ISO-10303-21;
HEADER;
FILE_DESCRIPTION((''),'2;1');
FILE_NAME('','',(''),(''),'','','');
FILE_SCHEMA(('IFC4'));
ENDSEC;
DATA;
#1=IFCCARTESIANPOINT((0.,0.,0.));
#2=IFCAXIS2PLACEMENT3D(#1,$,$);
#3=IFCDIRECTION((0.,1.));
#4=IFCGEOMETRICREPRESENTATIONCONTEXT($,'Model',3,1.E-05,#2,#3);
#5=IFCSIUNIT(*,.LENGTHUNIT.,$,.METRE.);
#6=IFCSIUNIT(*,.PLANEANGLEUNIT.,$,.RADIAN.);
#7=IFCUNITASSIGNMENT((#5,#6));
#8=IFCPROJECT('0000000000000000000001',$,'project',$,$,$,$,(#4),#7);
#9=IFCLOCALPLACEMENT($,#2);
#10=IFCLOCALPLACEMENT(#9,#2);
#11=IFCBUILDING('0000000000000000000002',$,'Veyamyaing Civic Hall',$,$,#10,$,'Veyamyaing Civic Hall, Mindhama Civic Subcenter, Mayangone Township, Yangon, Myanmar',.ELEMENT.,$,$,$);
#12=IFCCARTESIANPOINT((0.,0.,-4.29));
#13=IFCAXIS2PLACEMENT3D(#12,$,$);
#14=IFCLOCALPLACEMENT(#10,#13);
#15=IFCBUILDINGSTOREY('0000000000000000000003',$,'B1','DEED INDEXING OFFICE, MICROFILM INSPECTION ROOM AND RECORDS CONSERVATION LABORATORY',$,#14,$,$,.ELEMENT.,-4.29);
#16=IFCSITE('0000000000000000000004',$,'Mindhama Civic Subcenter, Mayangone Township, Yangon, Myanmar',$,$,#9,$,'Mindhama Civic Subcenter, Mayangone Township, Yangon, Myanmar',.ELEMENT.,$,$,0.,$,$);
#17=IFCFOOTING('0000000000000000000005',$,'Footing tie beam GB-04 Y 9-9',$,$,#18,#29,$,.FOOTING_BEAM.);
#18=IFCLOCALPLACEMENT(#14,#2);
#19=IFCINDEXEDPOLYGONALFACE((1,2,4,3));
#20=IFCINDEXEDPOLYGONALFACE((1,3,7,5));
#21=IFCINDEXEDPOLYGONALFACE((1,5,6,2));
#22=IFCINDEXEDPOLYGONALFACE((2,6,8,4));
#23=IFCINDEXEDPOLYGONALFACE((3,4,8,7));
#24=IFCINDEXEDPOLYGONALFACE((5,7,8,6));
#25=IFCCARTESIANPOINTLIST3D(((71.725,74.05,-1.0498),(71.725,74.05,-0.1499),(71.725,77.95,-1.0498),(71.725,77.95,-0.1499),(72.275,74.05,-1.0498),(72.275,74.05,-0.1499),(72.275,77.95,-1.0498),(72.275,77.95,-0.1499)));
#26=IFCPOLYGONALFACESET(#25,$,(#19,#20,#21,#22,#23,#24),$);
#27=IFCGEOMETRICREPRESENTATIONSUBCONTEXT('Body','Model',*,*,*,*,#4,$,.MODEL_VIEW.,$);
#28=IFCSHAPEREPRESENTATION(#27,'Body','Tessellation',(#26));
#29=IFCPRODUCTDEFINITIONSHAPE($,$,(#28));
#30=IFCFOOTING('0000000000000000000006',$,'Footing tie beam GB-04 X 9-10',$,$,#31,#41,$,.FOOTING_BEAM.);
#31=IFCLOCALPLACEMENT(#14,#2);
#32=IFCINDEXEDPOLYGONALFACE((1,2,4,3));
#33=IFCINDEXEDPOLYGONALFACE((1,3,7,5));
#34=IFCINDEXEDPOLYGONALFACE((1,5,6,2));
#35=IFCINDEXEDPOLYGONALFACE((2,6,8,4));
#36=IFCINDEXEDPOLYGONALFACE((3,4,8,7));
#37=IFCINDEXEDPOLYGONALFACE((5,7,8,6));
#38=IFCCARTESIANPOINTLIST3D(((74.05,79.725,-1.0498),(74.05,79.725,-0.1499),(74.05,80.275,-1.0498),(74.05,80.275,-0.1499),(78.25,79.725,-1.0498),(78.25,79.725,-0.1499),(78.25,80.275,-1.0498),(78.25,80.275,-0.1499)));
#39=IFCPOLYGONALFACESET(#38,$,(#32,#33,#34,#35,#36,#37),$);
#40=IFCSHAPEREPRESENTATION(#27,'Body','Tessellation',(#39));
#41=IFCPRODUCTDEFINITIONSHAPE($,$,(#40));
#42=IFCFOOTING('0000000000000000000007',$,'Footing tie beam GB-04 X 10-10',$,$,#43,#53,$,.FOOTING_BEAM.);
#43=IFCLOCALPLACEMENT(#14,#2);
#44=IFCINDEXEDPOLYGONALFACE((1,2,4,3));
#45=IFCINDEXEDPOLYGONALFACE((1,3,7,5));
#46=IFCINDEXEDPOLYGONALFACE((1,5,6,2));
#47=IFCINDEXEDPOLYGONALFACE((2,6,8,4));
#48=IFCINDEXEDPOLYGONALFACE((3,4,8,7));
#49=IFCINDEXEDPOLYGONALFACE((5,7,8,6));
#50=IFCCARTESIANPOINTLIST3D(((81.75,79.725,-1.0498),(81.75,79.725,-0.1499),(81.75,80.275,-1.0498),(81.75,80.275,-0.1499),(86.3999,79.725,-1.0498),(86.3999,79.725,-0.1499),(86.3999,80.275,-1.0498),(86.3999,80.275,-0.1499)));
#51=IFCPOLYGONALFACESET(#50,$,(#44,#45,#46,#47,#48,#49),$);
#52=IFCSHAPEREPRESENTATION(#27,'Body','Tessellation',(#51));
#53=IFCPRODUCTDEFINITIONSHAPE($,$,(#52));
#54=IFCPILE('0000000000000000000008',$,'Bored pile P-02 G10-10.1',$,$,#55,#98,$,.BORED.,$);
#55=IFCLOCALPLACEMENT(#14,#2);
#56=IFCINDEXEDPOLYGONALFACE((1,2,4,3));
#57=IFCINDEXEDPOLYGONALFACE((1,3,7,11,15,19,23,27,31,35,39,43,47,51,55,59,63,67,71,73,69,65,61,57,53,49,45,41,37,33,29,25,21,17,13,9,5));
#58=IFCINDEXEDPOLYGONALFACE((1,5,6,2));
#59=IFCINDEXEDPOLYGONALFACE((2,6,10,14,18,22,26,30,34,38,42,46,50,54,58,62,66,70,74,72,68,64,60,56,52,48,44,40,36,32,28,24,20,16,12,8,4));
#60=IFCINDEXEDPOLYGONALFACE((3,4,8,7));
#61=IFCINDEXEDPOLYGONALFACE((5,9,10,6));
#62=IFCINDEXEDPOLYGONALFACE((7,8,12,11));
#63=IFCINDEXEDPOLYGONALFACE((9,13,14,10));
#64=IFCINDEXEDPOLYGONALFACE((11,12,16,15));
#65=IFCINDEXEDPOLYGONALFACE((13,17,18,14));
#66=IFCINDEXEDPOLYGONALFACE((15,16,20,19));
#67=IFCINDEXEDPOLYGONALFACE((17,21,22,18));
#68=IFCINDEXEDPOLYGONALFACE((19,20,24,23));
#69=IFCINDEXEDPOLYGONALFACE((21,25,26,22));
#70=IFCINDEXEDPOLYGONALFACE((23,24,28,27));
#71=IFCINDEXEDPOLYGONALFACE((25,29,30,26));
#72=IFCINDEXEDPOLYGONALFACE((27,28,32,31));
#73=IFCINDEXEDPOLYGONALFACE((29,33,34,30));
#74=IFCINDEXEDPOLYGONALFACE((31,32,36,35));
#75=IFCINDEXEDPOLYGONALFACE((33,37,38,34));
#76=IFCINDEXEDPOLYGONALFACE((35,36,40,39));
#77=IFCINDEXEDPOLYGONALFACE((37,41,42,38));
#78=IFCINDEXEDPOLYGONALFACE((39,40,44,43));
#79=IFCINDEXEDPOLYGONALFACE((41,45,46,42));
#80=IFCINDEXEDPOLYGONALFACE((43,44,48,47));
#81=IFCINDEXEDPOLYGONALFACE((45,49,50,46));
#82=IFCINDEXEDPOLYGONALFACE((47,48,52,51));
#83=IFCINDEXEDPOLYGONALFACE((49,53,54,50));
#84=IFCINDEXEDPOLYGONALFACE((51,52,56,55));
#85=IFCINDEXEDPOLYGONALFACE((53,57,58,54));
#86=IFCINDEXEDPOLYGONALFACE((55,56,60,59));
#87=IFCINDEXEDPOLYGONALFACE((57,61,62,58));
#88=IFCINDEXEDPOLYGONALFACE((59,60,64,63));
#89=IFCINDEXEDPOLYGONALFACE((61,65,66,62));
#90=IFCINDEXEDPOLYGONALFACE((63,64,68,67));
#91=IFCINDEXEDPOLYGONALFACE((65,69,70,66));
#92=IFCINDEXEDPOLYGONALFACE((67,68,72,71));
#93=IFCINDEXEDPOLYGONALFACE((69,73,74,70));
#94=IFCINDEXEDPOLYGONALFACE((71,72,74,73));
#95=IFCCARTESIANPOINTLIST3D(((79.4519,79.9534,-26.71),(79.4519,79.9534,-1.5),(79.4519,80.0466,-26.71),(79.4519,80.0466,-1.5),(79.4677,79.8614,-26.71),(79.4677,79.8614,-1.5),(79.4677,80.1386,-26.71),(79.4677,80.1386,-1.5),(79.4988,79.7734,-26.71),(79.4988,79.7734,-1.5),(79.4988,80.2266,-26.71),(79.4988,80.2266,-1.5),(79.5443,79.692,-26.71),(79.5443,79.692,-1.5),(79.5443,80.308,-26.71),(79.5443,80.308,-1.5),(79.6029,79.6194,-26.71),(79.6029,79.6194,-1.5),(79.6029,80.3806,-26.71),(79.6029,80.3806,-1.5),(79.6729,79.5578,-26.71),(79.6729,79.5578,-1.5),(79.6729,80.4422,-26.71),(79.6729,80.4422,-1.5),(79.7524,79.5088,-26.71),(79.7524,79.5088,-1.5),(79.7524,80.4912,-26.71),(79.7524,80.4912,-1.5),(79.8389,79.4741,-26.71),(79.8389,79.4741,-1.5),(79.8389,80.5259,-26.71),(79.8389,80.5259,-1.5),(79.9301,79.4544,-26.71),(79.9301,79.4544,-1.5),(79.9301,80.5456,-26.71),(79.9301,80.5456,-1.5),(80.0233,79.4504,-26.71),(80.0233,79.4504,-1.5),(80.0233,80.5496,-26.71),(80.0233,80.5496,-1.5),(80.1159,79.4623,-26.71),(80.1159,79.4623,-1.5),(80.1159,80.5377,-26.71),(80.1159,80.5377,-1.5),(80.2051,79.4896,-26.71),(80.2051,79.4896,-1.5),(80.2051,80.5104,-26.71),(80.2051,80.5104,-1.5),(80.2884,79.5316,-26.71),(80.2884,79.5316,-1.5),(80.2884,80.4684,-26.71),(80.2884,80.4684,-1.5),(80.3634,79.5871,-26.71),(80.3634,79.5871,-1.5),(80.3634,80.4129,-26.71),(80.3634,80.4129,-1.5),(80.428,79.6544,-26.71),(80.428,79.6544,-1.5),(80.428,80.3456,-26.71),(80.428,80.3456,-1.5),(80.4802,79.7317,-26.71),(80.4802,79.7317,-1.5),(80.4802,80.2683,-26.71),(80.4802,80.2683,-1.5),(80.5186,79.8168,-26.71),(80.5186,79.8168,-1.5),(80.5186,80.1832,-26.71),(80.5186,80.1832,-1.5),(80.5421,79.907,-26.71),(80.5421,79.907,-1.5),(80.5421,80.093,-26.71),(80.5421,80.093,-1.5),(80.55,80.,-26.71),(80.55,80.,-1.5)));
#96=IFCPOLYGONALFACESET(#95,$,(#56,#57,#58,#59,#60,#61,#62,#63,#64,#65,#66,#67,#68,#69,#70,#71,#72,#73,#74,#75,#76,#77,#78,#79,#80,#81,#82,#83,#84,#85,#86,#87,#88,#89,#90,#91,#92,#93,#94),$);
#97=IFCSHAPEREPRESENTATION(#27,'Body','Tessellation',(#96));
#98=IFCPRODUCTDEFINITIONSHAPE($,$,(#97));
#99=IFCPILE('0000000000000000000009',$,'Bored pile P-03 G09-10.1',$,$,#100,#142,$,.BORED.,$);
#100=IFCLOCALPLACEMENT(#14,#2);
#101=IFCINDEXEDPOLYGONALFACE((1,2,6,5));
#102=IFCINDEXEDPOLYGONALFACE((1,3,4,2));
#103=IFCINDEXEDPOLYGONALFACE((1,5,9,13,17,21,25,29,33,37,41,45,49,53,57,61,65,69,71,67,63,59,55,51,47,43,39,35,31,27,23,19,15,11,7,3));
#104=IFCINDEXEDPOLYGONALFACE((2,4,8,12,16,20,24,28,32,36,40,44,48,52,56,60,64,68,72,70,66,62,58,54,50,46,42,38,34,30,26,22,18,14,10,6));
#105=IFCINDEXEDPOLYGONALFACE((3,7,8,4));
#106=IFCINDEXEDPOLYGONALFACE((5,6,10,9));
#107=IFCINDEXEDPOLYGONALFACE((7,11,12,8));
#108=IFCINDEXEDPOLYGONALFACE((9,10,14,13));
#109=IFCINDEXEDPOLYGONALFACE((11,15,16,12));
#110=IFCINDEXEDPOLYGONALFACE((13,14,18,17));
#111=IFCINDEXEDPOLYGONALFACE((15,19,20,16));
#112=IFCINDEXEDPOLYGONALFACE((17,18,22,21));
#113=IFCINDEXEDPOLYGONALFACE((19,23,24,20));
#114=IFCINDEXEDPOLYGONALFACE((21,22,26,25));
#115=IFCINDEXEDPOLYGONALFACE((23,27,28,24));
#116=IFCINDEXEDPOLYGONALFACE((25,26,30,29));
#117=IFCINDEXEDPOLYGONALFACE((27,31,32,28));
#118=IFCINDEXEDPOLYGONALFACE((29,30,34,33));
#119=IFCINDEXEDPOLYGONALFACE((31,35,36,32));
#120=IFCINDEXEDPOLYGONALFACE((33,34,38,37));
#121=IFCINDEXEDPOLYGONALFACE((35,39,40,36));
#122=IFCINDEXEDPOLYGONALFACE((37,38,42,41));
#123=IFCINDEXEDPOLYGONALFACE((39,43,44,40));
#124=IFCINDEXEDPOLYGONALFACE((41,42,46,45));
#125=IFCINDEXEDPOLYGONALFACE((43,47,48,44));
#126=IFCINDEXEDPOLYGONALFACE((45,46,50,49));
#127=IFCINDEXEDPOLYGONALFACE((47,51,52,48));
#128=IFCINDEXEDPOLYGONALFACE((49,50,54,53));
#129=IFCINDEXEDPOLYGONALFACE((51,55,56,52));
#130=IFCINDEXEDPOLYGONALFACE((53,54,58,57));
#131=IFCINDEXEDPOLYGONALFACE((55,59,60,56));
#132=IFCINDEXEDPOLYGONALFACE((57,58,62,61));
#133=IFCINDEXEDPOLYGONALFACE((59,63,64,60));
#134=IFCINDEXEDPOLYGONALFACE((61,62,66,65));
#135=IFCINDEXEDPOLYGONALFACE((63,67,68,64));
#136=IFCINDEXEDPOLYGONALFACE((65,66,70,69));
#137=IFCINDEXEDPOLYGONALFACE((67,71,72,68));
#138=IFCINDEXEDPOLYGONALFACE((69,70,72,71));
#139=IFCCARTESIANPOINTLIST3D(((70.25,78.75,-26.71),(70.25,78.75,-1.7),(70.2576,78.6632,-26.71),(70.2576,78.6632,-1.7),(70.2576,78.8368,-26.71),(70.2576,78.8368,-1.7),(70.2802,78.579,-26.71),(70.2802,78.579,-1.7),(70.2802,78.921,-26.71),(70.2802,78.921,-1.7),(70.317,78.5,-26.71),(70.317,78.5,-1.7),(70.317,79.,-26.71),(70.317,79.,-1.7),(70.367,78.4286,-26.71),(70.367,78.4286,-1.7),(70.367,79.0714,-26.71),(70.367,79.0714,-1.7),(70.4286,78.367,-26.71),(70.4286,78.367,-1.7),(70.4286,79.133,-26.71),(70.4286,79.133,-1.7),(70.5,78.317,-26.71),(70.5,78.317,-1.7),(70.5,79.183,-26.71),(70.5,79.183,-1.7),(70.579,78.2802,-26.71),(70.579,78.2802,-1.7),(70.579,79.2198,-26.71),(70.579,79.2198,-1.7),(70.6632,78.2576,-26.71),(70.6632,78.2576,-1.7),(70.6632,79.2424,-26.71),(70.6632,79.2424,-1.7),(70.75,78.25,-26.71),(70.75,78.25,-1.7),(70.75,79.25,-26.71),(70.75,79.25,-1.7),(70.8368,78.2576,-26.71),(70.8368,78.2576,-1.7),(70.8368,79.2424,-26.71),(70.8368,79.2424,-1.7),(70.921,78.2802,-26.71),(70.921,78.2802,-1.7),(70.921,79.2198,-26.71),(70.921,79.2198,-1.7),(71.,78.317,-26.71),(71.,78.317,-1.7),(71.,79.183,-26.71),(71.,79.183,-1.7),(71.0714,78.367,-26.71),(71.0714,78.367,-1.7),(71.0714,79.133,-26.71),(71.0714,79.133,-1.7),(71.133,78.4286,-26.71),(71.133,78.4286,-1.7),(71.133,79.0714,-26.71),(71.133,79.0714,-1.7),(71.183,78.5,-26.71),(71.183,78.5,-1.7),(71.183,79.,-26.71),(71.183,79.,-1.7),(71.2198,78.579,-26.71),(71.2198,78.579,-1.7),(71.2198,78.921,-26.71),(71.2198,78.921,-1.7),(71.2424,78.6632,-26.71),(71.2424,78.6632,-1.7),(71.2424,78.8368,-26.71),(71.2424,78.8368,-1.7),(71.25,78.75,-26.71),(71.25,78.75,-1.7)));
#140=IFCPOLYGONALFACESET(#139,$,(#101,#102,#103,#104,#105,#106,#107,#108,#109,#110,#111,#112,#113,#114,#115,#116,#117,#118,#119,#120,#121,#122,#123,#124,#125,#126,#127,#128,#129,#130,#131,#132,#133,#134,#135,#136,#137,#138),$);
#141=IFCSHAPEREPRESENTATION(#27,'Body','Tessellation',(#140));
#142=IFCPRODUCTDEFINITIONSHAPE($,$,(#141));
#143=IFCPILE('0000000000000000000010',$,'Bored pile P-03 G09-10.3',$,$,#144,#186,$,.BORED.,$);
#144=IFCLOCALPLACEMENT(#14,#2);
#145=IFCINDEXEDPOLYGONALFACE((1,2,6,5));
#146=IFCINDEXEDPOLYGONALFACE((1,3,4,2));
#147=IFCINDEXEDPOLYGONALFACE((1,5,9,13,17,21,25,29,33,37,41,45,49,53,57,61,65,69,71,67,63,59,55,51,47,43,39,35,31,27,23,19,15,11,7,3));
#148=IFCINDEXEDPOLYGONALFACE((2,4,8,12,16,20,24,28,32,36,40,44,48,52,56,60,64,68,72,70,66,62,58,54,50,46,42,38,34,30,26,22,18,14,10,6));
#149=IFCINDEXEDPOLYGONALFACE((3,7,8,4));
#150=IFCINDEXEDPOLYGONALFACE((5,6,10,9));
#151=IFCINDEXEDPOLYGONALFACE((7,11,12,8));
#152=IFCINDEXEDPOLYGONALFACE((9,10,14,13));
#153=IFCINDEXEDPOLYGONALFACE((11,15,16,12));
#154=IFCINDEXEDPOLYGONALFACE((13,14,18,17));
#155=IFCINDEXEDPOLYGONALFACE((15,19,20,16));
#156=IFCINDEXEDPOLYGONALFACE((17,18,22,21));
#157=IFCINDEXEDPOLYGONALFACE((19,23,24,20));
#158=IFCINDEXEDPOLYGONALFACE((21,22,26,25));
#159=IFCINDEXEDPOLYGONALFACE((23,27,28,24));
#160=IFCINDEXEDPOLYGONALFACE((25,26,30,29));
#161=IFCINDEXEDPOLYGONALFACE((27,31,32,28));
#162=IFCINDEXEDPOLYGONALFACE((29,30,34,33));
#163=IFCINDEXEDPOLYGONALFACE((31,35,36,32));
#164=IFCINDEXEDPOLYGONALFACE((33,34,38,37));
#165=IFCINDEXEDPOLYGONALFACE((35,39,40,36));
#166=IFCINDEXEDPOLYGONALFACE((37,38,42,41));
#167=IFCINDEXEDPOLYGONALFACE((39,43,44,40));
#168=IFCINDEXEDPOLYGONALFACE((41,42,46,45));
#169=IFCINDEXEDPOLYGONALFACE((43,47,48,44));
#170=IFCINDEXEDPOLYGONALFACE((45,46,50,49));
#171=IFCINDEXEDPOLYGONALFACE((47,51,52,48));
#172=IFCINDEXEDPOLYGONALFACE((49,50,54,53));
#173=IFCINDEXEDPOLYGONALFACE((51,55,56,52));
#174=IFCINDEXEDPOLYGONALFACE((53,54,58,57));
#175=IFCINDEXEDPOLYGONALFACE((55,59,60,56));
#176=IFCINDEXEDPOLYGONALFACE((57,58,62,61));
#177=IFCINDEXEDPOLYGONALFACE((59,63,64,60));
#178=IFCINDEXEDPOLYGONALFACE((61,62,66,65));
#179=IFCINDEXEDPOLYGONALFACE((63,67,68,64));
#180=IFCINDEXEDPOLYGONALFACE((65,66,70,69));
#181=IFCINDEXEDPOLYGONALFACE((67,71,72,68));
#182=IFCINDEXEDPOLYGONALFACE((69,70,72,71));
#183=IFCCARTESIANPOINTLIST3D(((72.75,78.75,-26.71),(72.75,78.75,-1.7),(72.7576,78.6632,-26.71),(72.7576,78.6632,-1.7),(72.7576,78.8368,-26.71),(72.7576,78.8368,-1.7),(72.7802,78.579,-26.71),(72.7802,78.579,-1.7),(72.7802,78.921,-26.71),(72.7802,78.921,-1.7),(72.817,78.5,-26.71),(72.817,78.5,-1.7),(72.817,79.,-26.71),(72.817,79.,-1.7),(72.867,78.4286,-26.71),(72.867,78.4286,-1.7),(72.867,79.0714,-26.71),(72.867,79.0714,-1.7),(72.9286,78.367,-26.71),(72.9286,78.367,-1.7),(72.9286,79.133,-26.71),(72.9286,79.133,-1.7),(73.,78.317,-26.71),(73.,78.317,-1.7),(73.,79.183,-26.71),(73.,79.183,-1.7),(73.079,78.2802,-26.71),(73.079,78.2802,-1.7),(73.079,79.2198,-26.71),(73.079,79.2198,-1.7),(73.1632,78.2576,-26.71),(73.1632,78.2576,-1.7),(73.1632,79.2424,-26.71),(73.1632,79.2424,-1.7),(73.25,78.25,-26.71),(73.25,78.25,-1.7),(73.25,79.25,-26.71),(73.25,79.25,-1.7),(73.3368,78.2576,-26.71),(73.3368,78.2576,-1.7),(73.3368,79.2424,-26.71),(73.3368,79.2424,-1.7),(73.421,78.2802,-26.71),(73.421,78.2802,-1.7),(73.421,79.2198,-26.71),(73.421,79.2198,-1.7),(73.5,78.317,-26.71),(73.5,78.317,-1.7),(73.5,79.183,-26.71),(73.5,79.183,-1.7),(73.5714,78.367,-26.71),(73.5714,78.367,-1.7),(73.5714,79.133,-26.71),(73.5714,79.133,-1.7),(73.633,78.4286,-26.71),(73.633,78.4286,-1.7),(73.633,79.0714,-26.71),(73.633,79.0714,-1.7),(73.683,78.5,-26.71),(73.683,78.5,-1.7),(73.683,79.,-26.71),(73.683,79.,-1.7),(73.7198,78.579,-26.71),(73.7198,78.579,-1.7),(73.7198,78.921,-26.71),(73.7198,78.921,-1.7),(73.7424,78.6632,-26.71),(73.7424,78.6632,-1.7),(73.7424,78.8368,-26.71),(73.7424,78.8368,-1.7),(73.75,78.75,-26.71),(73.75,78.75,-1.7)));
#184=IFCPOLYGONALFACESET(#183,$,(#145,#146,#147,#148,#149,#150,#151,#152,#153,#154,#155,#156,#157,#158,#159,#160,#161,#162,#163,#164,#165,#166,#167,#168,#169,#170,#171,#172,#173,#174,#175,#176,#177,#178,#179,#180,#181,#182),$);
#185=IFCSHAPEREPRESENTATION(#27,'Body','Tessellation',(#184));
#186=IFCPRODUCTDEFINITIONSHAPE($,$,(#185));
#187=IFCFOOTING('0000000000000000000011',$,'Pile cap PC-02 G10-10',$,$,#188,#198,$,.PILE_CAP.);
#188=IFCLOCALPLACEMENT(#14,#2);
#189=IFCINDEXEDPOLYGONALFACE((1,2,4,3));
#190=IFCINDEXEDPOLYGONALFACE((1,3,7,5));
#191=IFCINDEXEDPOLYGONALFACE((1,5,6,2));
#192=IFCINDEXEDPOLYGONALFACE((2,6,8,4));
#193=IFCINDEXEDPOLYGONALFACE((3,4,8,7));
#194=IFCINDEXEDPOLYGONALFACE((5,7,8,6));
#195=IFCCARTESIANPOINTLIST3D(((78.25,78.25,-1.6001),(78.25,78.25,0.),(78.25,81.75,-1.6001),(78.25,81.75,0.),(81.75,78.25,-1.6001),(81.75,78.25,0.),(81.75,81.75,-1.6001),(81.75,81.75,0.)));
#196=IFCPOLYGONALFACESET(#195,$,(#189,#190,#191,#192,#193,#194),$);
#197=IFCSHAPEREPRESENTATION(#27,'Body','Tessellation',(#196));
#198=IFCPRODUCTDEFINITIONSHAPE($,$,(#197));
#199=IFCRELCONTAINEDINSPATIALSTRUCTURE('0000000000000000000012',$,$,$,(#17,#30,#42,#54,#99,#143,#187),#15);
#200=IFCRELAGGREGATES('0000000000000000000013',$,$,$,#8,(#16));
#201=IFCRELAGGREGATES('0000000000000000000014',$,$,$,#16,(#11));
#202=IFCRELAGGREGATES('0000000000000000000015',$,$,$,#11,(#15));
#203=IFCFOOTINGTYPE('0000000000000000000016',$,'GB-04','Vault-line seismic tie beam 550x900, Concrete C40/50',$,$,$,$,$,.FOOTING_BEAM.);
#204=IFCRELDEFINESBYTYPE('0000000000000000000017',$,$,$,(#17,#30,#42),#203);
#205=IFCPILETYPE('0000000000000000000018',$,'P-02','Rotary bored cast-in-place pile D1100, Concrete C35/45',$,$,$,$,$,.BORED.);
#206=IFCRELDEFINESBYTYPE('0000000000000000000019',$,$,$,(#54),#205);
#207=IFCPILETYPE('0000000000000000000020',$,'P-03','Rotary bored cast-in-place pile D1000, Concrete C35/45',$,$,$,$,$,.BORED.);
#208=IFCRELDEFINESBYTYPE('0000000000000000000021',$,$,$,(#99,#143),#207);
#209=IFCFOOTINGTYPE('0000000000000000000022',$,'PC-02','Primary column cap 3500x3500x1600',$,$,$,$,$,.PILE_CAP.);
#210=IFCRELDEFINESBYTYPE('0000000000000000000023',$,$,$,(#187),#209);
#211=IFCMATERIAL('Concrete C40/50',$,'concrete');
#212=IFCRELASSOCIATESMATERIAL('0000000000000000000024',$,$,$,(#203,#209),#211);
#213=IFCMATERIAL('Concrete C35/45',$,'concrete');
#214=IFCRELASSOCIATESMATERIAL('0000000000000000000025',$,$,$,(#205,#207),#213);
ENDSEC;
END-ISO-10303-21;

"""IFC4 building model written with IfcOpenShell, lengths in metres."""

from ifc_helpers import new_model, si_unit, direction, frame, origin, origin_2d, place, context, subcontext, project, spatial, rectangle, circle, extrude, material, material_profile, profile_set, type_object, element, save


model = new_model("IFC4")

# Units and contexts
model_context = context("Model", 3, precision=1e-05, world=origin(), true_north=direction((0.0, 1.0)))
body_context = subcontext(model_context, "Body", "Model", "MODEL_VIEW")
ifc_project = project(units=[si_unit("LENGTHUNIT", "METRE"), si_unit("PLANEANGLEUNIT", "RADIAN")], contexts=[model_context])

# Site, building, storey
site_placement = place(None, origin())
site = spatial("IfcSite", under=ifc_project, at=site_placement, Name="Mindhama Civic Subcenter, Mayangone Township, Yangon, Myanmar", LongName="Mindhama Civic Subcenter, Mayangone Township, Yangon, Myanmar", CompositionType="ELEMENT", RefElevation=0.0)
building_placement = place(site_placement, origin())
building = spatial("IfcBuilding", under=site, at=building_placement, Name="Veyamyaing Civic Hall", LongName="Veyamyaing Civic Hall, Mindhama Civic Subcenter, Mayangone Township, Yangon, Myanmar", CompositionType="ELEMENT")
storey_placement = place(building_placement, frame((0.0, 0.0, -4.29)))
storey = spatial("IfcBuildingStorey", under=building, at=storey_placement, Name="B1", Description="DEED INDEXING OFFICE, MICROFILM INSPECTION ROOM AND RECORDS CONSERVATION LABORATORY", CompositionType="ELEMENT", Elevation=-4.29)

# Footings
ifc_material_1 = material(Name="Concrete C40/50", Category="concrete")
ifc_material_profile_1 = material_profile(ifc_material_1, rectangle(XDim=0.55, YDim=0.8999, at=origin_2d()), Name="GB-550X900")
ifc_profile_set_1 = profile_set([ifc_material_profile_1], Name="Concrete C40/50")
footing_type_1 = type_object("IfcFootingType", Name="GB-04", Description="Vault-line seismic tie beam 550x900, Concrete C40/50", PredefinedType="FOOTING_BEAM", material=ifc_profile_set_1)
footing_1_placement = place(storey_placement, frame((72.0, 74.05, -0.5999), z_axis=(0.0, 1.0, 0.0), x_axis=(-1.0, 0.0, 0.0)))
element("IfcFooting", 1, at=footing_1_placement, inside=storey, type_object=footing_type_1, Name="Footing tie beam GB-04 Y 9-9", PredefinedType="FOOTING_BEAM", context=body_context, shape_type="SweptSolid", body=[
    extrude(rectangle(XDim=0.55, YDim=0.8999, at=origin_2d()), origin(), (0.0, 0.0, 1.0), 3.8999),
])
footing_2_placement = place(storey_placement, frame((74.05, 80.0, -0.5999), z_axis=(1.0, 0.0, 0.0), x_axis=(0.0, 1.0, 0.0)))
element("IfcFooting", 2, at=footing_2_placement, inside=storey, type_object=footing_type_1, Name="Footing tie beam GB-04 X 9-10", PredefinedType="FOOTING_BEAM", context=body_context, shape_type="SweptSolid", body=[
    extrude(rectangle(XDim=0.55, YDim=0.8999, at=origin_2d()), origin(), (0.0, 0.0, 1.0), 4.2),
])
footing_3_placement = place(storey_placement, frame((81.75, 80.0, -0.5999), z_axis=(1.0, 0.0, 0.0), x_axis=(0.0, 1.0, 0.0)))
element("IfcFooting", 3, at=footing_3_placement, inside=storey, type_object=footing_type_1, Name="Footing tie beam GB-04 X 10-10", PredefinedType="FOOTING_BEAM", context=body_context, shape_type="SweptSolid", body=[
    extrude(rectangle(XDim=0.55, YDim=0.8999, at=origin_2d()), origin(), (0.0, 0.0, 1.0), 4.6499),
])

# Piles
ifc_material_2 = material(Name="Concrete C35/45", Category="concrete")
ifc_material_profile_2 = material_profile(ifc_material_2, circle(Radius=0.55, at=origin_2d()), Name="PILE-D1100")
ifc_profile_set_2 = profile_set([ifc_material_profile_2], Name="Concrete C35/45")
pile_type_1 = type_object("IfcPileType", Name="P-02", Description="Rotary bored cast-in-place pile D1100, Concrete C35/45", PredefinedType="BORED", material=ifc_profile_set_2)
pile_placement = place(storey_placement, frame((80.0, 80.0, -1.5), z_axis=(0.0, 0.0, -1.0), x_axis=(1.0, 0.0, 0.0)))
element("IfcPile", 4, at=pile_placement, inside=storey, type_object=pile_type_1, Name="Bored pile P-02 G10-10.1", PredefinedType="BORED", context=body_context, shape_type="SweptSolid", body=[
    extrude(circle(Radius=0.55, at=origin_2d()), origin(), (0.0, 0.0, 1.0), 25.21),
])
ifc_material_profile_3 = material_profile(ifc_material_2, circle(Radius=0.5, at=origin_2d()), Name="PILE-D1000")
ifc_profile_set_3 = profile_set([ifc_material_profile_3], Name="Concrete C35/45")
pile_type_2 = type_object("IfcPileType", Name="P-03", Description="Rotary bored cast-in-place pile D1000, Concrete C35/45", PredefinedType="BORED", material=ifc_profile_set_3)
for number, where, z_axis, x_axis, name in (
    (5, (70.75, 78.75, -1.7), (0.0, 0.0, -1.0), (1.0, 0.0, 0.0), "Bored pile P-03 G09-10.1"),
    (6, (73.25, 78.75, -1.7), (0.0, 0.0, -1.0), (1.0, 0.0, 0.0), "Bored pile P-03 G09-10.3"),
):
    element("IfcPile", number, at=place(storey_placement, frame(where, z_axis=z_axis, x_axis=x_axis)), inside=storey, type_object=pile_type_2, Name=name, PredefinedType="BORED", context=body_context, shape_type="SweptSolid", body=[
        extrude(circle(Radius=0.5, at=origin_2d()), origin(), (0.0, 0.0, 1.0), 25.01),
    ])

# Footing
footing_type_2 = type_object("IfcFootingType", Name="PC-02", Description="Primary column cap 3500x3500x1600", PredefinedType="PILE_CAP", material=ifc_material_1)
footing_4_placement = place(storey_placement, frame((80.0, 80.0, -1.6001), z_axis=(0.0, 0.0, 1.0), x_axis=(1.0, 0.0, 0.0)))
element("IfcFooting", 7, at=footing_4_placement, inside=storey, type_object=footing_type_2, Name="Pile cap PC-02 G10-10", PredefinedType="PILE_CAP", context=body_context, shape_type="SweptSolid", body=[
    extrude(rectangle(XDim=3.5, YDim=3.5, at=origin_2d()), origin(), (0.0, 0.0, 1.0), 1.6001),
])

save(model, "model.ifc")
